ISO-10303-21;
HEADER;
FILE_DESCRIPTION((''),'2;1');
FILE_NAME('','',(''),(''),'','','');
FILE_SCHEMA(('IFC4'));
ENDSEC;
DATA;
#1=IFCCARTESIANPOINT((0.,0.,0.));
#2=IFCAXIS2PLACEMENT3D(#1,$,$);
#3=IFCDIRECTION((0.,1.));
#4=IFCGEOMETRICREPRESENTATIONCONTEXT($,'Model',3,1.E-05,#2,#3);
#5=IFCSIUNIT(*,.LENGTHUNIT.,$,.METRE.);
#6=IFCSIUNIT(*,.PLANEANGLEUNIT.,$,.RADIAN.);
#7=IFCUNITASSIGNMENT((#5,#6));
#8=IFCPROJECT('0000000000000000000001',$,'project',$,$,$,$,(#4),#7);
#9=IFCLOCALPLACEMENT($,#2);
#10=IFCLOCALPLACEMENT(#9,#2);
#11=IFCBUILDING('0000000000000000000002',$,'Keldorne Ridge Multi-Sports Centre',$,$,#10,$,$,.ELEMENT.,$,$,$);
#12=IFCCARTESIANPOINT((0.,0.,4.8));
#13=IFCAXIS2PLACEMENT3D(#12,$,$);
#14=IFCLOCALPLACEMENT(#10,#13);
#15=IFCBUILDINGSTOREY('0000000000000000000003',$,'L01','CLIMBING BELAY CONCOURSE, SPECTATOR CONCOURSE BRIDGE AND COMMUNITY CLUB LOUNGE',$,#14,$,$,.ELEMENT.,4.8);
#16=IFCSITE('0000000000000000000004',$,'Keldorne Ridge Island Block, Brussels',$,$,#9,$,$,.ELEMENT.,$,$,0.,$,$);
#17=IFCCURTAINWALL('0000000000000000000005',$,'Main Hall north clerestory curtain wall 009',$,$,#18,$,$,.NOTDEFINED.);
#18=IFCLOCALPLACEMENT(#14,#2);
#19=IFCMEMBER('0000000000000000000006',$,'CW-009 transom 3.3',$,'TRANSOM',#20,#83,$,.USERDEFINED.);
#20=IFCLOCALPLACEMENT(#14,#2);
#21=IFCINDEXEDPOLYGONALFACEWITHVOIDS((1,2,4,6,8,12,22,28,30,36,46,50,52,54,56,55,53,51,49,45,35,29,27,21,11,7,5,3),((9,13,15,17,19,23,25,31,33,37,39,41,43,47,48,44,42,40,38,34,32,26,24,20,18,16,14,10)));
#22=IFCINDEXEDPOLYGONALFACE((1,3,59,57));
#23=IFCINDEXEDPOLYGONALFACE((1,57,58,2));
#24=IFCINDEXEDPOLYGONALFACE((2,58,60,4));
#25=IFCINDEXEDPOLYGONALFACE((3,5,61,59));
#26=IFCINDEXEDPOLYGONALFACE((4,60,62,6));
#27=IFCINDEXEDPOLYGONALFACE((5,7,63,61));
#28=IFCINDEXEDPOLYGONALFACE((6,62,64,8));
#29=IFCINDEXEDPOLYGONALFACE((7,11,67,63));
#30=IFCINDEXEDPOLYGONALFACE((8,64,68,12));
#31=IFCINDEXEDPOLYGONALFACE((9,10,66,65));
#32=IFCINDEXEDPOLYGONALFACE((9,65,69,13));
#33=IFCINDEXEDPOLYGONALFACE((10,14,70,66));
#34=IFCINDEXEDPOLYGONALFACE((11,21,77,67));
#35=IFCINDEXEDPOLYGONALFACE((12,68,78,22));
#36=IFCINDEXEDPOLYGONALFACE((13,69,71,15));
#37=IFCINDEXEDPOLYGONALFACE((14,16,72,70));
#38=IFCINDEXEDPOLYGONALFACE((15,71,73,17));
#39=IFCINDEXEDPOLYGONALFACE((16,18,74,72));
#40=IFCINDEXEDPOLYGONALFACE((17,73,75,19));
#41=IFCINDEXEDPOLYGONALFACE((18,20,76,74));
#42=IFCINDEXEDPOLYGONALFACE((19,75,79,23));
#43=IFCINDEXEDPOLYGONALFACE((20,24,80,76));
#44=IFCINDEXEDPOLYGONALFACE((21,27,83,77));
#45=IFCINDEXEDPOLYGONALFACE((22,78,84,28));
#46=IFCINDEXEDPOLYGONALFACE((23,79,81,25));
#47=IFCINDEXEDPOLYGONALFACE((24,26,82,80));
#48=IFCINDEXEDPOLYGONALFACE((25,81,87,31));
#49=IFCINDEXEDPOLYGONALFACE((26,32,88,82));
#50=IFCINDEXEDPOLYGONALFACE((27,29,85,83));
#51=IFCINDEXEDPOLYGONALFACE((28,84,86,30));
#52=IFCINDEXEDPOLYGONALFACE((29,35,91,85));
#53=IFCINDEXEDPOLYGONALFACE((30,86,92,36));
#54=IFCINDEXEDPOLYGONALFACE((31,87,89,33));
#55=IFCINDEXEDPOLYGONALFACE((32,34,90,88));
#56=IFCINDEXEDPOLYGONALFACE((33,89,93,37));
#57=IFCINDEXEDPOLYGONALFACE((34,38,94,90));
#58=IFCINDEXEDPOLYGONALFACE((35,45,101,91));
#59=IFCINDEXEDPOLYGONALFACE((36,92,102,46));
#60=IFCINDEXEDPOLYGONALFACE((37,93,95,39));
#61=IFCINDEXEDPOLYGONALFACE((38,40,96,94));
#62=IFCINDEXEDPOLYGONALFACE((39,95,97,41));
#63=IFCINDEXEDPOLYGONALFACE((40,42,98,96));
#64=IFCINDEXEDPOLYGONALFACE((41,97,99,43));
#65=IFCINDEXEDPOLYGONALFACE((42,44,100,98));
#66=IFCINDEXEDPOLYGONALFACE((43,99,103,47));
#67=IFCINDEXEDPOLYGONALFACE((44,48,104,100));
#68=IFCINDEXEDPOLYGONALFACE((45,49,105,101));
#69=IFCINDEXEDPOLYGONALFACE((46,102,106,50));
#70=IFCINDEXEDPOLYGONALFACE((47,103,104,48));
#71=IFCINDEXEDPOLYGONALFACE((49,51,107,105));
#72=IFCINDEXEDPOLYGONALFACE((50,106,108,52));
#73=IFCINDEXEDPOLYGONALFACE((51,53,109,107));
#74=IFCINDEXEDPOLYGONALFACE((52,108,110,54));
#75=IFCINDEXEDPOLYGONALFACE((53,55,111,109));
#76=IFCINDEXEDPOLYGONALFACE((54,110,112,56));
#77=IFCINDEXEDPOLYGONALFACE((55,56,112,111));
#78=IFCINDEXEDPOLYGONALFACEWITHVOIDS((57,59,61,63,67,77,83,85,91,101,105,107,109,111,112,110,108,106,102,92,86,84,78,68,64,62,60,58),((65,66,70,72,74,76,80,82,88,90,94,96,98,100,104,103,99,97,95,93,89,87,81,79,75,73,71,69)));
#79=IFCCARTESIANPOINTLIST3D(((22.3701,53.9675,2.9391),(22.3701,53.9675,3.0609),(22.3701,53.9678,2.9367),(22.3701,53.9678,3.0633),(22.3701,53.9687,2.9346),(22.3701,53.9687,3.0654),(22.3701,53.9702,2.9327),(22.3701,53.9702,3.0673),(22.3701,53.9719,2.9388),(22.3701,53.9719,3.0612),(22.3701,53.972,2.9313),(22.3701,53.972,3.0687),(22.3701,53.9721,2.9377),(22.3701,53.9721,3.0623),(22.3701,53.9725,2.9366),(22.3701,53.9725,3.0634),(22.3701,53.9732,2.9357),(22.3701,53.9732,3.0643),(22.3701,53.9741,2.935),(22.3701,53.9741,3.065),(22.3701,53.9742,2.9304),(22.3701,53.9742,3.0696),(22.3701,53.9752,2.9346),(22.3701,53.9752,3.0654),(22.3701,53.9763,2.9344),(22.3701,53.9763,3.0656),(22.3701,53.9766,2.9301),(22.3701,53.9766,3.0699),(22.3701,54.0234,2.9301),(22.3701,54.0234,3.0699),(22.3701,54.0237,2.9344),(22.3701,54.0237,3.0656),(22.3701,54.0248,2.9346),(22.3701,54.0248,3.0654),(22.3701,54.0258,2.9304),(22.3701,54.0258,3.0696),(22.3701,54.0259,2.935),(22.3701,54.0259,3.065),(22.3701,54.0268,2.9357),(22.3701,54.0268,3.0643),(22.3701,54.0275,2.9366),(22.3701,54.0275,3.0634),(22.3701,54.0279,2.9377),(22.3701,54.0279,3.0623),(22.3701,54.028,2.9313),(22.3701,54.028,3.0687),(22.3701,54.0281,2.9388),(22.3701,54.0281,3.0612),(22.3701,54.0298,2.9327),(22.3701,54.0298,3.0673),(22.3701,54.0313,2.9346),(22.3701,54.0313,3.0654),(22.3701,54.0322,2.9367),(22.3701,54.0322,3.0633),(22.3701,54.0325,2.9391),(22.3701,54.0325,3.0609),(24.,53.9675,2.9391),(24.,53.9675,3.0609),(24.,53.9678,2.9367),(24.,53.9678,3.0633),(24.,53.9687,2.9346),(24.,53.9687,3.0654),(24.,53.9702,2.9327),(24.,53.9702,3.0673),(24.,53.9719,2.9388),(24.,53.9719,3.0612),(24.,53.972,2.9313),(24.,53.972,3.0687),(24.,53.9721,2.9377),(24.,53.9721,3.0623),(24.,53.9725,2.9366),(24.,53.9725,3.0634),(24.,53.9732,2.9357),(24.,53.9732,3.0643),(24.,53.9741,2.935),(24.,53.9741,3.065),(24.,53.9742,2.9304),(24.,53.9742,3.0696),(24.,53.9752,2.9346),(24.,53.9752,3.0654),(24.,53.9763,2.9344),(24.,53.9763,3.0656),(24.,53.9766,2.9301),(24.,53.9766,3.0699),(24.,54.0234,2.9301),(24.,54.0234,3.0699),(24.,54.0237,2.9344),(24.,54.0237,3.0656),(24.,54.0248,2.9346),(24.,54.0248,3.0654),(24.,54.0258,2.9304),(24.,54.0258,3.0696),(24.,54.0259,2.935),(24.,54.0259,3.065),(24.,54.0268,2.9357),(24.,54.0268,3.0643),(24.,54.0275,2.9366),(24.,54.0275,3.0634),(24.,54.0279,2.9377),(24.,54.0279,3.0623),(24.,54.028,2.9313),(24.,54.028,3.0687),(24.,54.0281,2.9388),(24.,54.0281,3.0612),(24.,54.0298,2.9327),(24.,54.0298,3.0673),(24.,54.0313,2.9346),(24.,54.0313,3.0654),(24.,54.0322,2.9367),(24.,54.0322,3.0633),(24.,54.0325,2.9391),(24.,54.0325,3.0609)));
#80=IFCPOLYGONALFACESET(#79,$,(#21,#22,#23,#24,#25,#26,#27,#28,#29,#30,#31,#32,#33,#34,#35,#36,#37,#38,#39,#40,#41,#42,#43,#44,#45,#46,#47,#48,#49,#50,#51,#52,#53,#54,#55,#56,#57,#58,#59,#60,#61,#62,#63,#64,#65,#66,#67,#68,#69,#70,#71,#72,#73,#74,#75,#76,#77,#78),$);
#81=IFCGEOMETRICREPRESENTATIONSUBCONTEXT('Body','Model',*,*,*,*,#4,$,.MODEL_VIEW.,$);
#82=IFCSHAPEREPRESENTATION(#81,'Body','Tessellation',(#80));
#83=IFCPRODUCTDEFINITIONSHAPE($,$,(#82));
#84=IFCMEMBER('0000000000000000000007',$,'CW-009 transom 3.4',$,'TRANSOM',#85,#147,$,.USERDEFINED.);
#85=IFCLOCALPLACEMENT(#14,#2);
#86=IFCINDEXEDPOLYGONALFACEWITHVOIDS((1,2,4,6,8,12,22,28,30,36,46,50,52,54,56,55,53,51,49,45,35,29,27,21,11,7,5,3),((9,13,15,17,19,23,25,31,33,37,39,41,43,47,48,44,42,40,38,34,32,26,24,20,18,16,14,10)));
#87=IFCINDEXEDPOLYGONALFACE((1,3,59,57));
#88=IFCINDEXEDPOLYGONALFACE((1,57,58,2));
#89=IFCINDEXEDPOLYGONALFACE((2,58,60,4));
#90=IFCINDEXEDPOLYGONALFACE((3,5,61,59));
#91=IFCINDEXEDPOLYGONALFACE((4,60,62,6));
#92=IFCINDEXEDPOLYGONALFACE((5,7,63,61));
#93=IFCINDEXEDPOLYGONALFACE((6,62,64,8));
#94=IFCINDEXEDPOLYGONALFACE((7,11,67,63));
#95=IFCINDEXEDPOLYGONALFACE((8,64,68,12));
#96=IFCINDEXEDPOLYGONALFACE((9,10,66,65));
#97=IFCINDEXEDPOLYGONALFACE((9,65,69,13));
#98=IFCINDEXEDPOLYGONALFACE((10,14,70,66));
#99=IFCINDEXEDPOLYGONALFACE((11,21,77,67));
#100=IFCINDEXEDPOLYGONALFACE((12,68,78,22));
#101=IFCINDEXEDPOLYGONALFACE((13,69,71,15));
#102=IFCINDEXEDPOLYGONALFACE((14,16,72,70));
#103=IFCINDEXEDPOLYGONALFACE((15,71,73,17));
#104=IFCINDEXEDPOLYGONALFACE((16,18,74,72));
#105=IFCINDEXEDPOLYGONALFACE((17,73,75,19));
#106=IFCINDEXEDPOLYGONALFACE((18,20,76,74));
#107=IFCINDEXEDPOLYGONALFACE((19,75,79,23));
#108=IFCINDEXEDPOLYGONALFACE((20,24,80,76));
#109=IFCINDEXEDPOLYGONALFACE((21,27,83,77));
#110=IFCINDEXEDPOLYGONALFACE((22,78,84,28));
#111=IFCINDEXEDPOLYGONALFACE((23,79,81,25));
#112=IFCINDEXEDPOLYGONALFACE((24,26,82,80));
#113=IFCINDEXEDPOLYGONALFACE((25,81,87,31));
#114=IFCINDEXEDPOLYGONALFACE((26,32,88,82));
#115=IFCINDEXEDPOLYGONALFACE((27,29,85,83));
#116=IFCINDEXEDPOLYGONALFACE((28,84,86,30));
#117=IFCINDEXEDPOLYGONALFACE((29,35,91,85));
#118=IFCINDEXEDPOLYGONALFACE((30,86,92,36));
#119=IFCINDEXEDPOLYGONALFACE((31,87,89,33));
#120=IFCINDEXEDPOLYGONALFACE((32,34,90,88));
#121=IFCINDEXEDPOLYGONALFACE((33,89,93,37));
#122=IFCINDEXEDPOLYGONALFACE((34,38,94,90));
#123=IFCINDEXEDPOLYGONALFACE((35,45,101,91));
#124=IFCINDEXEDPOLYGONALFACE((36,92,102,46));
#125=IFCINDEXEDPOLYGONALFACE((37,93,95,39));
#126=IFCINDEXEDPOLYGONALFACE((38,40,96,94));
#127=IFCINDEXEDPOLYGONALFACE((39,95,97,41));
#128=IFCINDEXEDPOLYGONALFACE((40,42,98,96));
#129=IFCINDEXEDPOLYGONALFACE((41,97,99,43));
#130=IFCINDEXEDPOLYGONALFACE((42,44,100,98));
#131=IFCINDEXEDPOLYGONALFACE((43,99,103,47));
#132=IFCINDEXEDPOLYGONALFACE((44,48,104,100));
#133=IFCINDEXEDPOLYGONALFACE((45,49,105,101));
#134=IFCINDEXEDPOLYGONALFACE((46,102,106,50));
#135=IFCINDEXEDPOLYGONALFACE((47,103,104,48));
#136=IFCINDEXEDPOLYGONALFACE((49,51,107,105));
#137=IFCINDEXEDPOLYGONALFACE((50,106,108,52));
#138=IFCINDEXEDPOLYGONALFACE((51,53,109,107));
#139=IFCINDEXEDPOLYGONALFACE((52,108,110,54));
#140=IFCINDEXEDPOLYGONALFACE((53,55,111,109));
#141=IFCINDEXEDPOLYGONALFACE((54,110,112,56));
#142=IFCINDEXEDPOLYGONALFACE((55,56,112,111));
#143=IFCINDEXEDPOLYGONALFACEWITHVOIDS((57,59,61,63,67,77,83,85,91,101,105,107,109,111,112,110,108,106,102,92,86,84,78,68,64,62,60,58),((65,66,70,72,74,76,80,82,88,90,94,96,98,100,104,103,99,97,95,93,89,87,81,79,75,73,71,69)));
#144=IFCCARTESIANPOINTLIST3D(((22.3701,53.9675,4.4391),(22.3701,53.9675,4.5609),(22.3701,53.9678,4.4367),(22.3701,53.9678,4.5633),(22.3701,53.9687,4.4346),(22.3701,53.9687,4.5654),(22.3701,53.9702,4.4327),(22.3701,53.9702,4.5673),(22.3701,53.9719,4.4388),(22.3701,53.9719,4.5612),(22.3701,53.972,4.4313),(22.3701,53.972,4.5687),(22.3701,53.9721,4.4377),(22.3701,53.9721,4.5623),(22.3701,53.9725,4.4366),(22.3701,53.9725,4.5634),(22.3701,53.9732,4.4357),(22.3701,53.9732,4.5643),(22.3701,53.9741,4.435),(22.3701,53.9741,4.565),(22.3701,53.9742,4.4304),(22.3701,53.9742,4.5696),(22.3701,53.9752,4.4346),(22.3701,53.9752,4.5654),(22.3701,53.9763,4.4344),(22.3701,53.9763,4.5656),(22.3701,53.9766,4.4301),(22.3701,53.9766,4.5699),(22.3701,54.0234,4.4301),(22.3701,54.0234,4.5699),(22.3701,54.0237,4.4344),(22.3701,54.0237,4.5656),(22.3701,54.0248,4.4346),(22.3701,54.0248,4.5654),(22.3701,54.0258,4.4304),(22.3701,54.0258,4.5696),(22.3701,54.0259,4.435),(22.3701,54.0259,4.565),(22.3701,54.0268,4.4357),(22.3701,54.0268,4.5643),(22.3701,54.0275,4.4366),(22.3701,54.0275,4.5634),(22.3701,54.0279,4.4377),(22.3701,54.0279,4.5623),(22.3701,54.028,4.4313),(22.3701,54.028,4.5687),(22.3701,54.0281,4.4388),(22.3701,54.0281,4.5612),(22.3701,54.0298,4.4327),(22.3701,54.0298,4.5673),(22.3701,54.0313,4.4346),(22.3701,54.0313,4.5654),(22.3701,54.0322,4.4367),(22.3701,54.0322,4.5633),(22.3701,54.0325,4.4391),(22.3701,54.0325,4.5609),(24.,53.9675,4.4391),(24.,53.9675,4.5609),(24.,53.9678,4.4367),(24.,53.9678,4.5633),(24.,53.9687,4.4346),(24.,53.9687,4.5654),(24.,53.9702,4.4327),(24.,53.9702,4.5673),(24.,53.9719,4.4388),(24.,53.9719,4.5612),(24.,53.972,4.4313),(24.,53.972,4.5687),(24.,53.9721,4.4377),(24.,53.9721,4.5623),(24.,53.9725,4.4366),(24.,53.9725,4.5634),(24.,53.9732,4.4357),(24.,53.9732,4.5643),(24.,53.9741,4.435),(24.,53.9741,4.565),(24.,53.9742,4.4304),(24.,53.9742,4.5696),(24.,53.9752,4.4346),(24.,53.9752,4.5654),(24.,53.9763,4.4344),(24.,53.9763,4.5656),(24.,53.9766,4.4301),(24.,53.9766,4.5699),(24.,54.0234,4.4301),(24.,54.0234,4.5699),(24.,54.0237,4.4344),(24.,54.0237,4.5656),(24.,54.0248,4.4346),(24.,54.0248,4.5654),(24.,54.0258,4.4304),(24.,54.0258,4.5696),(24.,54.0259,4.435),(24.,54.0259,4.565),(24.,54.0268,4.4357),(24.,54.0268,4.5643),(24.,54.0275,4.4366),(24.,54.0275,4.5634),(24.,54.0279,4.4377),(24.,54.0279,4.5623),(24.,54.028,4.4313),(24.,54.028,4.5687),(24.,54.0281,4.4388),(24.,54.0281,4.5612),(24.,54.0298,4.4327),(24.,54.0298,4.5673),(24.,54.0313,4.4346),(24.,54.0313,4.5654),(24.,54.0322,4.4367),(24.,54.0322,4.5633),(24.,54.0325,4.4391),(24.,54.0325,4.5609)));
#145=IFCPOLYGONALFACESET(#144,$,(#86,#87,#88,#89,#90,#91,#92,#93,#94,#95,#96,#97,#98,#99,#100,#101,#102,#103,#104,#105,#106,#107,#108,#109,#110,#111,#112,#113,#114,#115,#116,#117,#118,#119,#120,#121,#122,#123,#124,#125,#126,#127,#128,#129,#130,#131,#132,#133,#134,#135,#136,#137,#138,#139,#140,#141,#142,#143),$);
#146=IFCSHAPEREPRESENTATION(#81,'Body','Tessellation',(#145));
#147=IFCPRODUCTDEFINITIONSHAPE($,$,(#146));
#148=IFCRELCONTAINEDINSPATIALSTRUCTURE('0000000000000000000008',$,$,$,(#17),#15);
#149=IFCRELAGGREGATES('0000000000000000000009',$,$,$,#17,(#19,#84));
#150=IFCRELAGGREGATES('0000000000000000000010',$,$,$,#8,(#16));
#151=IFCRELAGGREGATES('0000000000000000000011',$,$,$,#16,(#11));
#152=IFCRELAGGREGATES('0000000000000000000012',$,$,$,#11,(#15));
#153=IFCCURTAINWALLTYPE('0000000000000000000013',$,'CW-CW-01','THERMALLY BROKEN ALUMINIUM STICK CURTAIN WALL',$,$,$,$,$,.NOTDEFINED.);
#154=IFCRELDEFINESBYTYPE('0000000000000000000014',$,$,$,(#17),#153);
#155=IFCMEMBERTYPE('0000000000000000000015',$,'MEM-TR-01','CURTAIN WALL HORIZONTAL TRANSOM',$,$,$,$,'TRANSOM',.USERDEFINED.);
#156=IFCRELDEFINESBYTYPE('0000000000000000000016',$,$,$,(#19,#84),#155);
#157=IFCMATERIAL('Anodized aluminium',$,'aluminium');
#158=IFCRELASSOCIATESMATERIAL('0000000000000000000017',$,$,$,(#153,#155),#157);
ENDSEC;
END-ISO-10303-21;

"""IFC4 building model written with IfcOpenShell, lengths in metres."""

from ifc_helpers import new_model, si_unit, direction, frame, origin, origin_2d, place, context, subcontext, project, spatial, hollow_rectangle, extrude, material, material_profile, profile_set, type_object, element, aggregate, save


model = new_model("IFC4")

# Units and contexts
model_context = context("Model", 3, precision=1e-05, world=origin(), true_north=direction((0.0, 1.0)))
body_context = subcontext(model_context, "Body", "Model", "MODEL_VIEW")
ifc_project = project(units=[si_unit("LENGTHUNIT", "METRE"), si_unit("PLANEANGLEUNIT", "RADIAN")], contexts=[model_context])

# Site, building, storey
site_placement = place(None, origin())
site = spatial("IfcSite", under=ifc_project, at=site_placement, Name="Keldorne Ridge Island Block, Brussels", CompositionType="ELEMENT", RefElevation=0.0)
building_placement = place(site_placement, origin())
building = spatial("IfcBuilding", under=site, at=building_placement, Name="Keldorne Ridge Multi-Sports Centre", CompositionType="ELEMENT")
storey_placement = place(building_placement, frame((0.0, 0.0, 4.8)))
storey = spatial("IfcBuildingStorey", under=building, at=storey_placement, Name="L01", Description="CLIMBING BELAY CONCOURSE, SPECTATOR CONCOURSE BRIDGE AND COMMUNITY CLUB LOUNGE", CompositionType="ELEMENT", Elevation=4.8)

# Curtain wall
ifc_material_1 = material(Name="Anodized aluminium", Category="aluminium")
curtain_wall_type_1 = type_object("IfcCurtainWallType", Name="CW-CW-01", Description="THERMALLY BROKEN ALUMINIUM STICK CURTAIN WALL", PredefinedType="NOTDEFINED", material=ifc_material_1)
curtain_wall_1_placement = place(storey_placement, origin())
curtain_wall_1 = element("IfcCurtainWall", 1, at=curtain_wall_1_placement, inside=storey, type_object=curtain_wall_type_1, Name="Main Hall north clerestory curtain wall 009", PredefinedType="NOTDEFINED")

# Members
ifc_material_profile_1 = material_profile(ifc_material_1, hollow_rectangle(XDim=0.0649, YDim=0.1399, WallThickness=0.0044, InnerFilletRadius=0.0044, OuterFilletRadius=0.009, at=origin_2d()), Name="ALU TRANSOM 140x65x4.5")
ifc_profile_set_1 = profile_set([ifc_material_profile_1], Name="Anodized aluminium")
member_type_1 = type_object("IfcMemberType", Name="MEM-TR-01", Description="CURTAIN WALL HORIZONTAL TRANSOM", ElementType="TRANSOM", PredefinedType="USERDEFINED", material=ifc_profile_set_1)
member_1_placement = place(storey_placement, frame((24.0, 54.0, 3.0), z_axis=(-1.0, 0.0, 0.0), x_axis=(0.0, -1.0, 0.0)))
member_1 = element("IfcMember", 2, at=member_1_placement, type_object=member_type_1, Name="CW-009 transom 3.3", ObjectType="TRANSOM", PredefinedType="USERDEFINED", context=body_context, shape_type="SweptSolid", body=[
    extrude(hollow_rectangle(XDim=0.0649, YDim=0.1399, WallThickness=0.0044, InnerFilletRadius=0.0044, OuterFilletRadius=0.009, at=origin_2d()), origin(), (0.0, 0.0, 1.0), 1.6299),
])
member_2_placement = place(storey_placement, frame((24.0, 54.0, 4.5), z_axis=(-1.0, 0.0, 0.0), x_axis=(0.0, -1.0, 0.0)))
member_2 = element("IfcMember", 3, at=member_2_placement, type_object=member_type_1, Name="CW-009 transom 3.4", ObjectType="TRANSOM", PredefinedType="USERDEFINED", context=body_context, shape_type="SweptSolid", body=[
    extrude(hollow_rectangle(XDim=0.0649, YDim=0.1399, WallThickness=0.0044, InnerFilletRadius=0.0044, OuterFilletRadius=0.009, at=origin_2d()), origin(), (0.0, 0.0, 1.0), 1.6299),
])

aggregate(curtain_wall_1, [member_1, member_2])

save(model, "model.ifc")
